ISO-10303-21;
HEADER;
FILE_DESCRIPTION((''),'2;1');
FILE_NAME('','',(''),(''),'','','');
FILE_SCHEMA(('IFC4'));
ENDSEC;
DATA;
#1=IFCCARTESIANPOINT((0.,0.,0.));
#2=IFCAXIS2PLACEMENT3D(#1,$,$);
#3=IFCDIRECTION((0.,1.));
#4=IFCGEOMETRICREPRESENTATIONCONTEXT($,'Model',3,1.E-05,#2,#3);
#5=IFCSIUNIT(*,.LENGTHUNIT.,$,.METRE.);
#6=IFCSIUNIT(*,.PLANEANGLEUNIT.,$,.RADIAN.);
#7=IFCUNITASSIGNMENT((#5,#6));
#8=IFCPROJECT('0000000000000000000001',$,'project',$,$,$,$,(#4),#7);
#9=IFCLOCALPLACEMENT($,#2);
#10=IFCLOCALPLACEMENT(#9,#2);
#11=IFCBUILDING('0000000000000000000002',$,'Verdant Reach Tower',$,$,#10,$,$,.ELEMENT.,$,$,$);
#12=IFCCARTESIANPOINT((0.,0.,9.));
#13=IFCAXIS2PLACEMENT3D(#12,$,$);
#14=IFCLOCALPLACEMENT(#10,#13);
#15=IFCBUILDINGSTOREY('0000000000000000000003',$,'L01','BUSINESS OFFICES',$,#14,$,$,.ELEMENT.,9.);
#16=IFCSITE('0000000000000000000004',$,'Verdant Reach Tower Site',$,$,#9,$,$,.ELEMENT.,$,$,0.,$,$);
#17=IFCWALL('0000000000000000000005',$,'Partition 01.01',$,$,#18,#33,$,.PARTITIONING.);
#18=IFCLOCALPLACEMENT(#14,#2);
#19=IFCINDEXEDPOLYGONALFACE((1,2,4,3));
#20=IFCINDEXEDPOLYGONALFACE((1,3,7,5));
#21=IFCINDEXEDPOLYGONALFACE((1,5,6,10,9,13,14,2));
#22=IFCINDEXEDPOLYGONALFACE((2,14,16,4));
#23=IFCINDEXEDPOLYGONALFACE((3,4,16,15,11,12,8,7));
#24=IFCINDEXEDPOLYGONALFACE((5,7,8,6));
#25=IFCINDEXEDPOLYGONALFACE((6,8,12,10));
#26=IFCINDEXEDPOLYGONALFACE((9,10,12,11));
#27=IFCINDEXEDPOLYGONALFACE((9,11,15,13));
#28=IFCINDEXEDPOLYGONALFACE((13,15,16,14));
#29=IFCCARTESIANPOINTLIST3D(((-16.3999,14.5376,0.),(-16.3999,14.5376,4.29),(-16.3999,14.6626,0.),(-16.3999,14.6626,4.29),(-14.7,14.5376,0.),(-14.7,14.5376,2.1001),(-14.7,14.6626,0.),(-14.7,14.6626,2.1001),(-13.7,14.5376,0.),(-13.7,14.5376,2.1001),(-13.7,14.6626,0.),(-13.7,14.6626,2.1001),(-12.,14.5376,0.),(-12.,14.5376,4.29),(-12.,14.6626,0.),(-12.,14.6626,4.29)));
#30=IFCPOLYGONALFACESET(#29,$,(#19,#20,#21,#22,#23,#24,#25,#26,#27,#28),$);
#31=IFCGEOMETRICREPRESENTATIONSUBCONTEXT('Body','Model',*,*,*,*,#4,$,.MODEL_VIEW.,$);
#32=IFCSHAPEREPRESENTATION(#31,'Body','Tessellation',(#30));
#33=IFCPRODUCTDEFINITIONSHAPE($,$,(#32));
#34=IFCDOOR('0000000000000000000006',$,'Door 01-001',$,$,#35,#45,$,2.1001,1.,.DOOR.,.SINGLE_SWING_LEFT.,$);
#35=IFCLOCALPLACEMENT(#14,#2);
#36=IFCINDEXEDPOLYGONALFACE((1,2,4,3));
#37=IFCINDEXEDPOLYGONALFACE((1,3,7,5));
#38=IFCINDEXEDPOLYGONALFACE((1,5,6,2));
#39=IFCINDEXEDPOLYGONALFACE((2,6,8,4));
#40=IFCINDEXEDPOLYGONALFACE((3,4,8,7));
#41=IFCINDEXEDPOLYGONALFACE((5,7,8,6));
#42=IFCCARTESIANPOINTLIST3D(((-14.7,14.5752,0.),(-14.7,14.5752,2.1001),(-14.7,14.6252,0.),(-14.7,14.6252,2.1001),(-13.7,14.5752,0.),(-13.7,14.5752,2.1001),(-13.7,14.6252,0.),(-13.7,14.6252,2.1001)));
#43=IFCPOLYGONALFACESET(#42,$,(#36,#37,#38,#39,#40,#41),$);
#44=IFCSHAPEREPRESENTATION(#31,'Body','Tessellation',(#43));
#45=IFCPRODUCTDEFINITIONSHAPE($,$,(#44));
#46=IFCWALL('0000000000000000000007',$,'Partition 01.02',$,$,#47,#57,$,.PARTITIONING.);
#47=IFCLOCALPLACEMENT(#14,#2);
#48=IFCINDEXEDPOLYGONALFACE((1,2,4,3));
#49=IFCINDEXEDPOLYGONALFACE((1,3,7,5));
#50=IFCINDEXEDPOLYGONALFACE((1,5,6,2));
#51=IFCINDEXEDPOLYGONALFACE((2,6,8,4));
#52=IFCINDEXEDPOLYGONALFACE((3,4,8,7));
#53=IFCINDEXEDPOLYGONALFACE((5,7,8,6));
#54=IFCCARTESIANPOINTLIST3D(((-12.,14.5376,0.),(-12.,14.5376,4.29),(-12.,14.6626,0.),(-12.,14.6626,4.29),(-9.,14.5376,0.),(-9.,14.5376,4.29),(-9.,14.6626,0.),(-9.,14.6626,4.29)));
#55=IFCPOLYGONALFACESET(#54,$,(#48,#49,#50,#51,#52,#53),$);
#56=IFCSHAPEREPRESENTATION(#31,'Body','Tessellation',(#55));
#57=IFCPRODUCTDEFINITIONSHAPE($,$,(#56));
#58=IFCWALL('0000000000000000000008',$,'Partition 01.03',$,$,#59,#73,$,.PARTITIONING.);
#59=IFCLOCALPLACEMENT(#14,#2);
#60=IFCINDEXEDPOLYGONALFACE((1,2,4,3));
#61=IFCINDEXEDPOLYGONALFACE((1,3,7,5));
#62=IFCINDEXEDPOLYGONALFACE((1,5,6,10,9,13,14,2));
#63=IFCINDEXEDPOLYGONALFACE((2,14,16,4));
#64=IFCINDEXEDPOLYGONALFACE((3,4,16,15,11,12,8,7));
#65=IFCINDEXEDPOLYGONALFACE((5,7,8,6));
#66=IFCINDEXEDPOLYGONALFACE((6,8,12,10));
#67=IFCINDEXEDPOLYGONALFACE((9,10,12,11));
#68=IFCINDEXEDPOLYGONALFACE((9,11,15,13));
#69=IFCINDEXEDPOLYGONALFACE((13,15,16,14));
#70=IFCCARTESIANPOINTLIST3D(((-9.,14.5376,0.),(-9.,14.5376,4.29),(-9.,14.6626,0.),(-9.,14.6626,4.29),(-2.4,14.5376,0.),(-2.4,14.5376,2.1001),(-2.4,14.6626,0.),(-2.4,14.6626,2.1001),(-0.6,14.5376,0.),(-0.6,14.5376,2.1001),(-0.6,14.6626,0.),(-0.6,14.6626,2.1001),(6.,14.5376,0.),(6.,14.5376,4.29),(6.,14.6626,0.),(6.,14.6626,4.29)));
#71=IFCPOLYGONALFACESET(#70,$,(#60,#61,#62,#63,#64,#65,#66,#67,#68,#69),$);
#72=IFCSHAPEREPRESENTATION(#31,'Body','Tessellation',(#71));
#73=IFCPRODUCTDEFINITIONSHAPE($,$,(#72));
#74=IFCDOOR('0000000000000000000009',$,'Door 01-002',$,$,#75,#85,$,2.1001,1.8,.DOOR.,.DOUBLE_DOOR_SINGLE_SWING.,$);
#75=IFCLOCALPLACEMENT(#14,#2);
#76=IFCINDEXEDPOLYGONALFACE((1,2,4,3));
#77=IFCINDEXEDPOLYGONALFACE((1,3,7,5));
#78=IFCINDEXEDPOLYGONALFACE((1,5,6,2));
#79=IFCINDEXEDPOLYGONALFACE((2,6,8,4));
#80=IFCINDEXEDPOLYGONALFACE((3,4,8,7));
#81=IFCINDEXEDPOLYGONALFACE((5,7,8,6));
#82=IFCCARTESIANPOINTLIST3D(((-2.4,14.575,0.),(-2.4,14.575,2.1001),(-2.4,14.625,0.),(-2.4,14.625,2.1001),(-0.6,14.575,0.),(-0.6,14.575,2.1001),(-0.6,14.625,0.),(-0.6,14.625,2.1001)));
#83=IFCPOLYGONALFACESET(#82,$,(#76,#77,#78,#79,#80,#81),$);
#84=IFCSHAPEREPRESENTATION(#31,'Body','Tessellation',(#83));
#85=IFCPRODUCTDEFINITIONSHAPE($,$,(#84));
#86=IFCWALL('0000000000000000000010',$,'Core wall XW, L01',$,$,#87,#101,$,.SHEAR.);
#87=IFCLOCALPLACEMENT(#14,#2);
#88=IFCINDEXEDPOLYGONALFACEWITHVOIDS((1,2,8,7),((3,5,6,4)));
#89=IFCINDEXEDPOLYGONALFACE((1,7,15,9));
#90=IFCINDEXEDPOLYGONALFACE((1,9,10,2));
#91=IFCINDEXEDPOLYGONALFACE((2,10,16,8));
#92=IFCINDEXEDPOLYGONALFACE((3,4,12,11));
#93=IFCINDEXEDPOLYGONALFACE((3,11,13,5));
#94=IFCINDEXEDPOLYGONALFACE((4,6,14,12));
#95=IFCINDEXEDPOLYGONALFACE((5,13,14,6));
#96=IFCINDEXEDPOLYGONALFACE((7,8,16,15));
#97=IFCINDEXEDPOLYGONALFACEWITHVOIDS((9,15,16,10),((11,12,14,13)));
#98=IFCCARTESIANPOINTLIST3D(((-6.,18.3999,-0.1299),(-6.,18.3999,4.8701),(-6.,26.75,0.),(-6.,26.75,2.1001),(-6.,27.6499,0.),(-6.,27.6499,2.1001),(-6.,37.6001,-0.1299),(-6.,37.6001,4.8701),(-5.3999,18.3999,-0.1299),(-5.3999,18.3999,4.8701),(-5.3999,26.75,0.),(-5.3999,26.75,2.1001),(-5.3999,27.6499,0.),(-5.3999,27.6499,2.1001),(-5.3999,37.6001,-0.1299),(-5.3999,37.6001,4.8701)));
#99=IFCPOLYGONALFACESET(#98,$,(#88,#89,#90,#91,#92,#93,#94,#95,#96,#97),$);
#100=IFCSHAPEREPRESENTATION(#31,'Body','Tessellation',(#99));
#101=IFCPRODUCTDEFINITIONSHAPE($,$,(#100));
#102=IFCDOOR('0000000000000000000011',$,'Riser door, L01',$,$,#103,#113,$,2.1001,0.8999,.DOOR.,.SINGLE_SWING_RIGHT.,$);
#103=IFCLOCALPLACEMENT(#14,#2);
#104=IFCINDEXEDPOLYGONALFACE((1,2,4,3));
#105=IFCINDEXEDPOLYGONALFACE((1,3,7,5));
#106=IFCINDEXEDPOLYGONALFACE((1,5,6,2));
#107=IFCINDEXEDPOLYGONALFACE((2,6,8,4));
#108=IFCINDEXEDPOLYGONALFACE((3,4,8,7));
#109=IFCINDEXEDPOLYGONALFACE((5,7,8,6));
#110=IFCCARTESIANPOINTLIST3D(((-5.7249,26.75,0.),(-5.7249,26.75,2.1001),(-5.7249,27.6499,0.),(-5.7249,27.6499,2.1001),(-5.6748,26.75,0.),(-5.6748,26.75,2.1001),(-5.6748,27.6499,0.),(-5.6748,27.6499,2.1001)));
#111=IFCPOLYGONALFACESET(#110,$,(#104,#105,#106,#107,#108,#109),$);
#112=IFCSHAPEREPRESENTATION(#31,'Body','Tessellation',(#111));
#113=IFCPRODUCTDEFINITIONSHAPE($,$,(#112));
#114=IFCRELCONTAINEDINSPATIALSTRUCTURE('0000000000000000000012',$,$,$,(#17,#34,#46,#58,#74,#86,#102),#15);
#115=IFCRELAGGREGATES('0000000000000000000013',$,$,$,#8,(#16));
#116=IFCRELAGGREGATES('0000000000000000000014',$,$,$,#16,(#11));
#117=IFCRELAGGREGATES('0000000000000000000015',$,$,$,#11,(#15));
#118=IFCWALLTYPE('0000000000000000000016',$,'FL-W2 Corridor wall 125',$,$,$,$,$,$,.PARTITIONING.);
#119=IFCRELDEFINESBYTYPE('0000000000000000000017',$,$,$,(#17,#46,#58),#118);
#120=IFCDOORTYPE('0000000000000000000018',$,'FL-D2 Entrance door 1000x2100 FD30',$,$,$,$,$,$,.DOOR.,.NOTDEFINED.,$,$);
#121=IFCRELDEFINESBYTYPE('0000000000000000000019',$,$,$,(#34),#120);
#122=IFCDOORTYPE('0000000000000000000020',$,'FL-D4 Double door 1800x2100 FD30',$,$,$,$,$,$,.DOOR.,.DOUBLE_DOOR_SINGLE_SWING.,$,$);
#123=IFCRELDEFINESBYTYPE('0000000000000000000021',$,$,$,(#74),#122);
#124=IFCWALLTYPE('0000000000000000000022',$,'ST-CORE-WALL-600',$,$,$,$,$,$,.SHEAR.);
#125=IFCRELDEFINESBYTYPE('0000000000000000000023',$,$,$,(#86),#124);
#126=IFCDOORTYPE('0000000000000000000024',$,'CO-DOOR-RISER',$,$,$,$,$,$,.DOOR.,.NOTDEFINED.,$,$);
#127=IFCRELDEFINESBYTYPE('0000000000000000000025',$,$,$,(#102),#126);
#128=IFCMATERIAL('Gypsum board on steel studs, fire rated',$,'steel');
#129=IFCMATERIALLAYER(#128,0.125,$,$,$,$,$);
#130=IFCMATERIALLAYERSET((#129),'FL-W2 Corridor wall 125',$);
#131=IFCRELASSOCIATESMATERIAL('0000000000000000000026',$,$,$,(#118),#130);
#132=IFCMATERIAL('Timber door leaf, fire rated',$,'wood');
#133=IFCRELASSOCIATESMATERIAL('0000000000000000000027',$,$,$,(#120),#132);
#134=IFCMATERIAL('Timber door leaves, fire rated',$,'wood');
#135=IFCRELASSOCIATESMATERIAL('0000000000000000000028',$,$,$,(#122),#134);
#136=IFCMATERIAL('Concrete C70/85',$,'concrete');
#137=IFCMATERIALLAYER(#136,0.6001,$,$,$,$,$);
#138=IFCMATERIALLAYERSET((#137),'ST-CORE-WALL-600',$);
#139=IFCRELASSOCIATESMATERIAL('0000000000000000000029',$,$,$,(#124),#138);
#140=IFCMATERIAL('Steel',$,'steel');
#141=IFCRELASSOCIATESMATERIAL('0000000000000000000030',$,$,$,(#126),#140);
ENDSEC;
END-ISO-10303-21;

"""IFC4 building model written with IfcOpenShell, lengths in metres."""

from ifc_helpers import new_model, si_unit, direction, frame, frame_2d, origin, place, context, subcontext, project, spatial, rectangle, extrude, material, layer, layer_set, type_object, element, fill, save


model = new_model("IFC4")

# Units and contexts
model_context = context("Model", 3, precision=1e-05, world=origin(), true_north=direction((0.0, 1.0)))
body_context = subcontext(model_context, "Body", "Model", "MODEL_VIEW")
ifc_project = project(units=[si_unit("LENGTHUNIT", "METRE"), si_unit("PLANEANGLEUNIT", "RADIAN")], contexts=[model_context])

# Site, building, storey
site_placement = place(None, origin())
site = spatial("IfcSite", under=ifc_project, at=site_placement, Name="Verdant Reach Tower Site", CompositionType="ELEMENT", RefElevation=0.0)
building_placement = place(site_placement, origin())
building = spatial("IfcBuilding", under=site, at=building_placement, Name="Verdant Reach Tower", CompositionType="ELEMENT")
storey_placement = place(building_placement, frame((0.0, 0.0, 9.0)))
storey = spatial("IfcBuildingStorey", under=building, at=storey_placement, Name="L01", Description="BUSINESS OFFICES", CompositionType="ELEMENT", Elevation=9.0)

# Wall, opening, door
ifc_material_1 = material(Name="Gypsum board on steel studs, fire rated", Category="steel")
ifc_layer_1 = layer(ifc_material_1, 0.125)
ifc_layer_set_1 = layer_set([ifc_layer_1], Name="FL-W2 Corridor wall 125")
wall_type_1 = type_object("IfcWallType", Name="FL-W2 Corridor wall 125", PredefinedType="PARTITIONING", material=ifc_layer_set_1)
wall_1_placement = place(storey_placement, frame((-12.0, 14.6001, 0.0), z_axis=(0.0, 0.0, 1.0), x_axis=(-1.0, 0.0, 0.0)))
wall_1 = element("IfcWall", 1, at=wall_1_placement, inside=storey, type_object=wall_type_1, Name="Partition 01.01", PredefinedType="PARTITIONING", context=body_context, shape_type="SweptSolid", body=[
    extrude(rectangle(XDim=4.3999, YDim=0.125, at=frame_2d((2.2, 0.0))), origin(), (0.0, 0.0, 1.0), 4.29),
])
opening_1_placement = place(wall_1_placement, frame((1.7, 0.0, 0.0)))
opening_1 = element("IfcOpeningElement", 2, at=opening_1_placement, cuts=wall_1, PredefinedType="OPENING", context=body_context, shape_type="SweptSolid", body=[
    extrude(rectangle(XDim=1.0, YDim=2.1001, at=frame_2d((0.5, 1.05))), frame((0.0, 0.0725, 0.0), z_axis=(0.0, -1.0, 0.0), x_axis=(1.0, 0.0, 0.0)), (0.0, 0.0, 1.0), 0.145),
])
ifc_material_2 = material(Name="Timber door leaf, fire rated", Category="wood")
door_type_1 = type_object("IfcDoorType", Name="FL-D2 Entrance door 1000x2100 FD30", OperationType="NOTDEFINED", PredefinedType="DOOR", material=ifc_material_2)
door_1_placement = place(opening_1_placement, origin())
door_1 = element("IfcDoor", 3, at=door_1_placement, inside=storey, type_object=door_type_1, Name="Door 01-001", OperationType="SINGLE_SWING_LEFT", OverallHeight=2.1001, OverallWidth=1.0, PredefinedType="DOOR", context=body_context, shape_type="SweptSolid", body=[
    extrude(rectangle(XDim=1.0, YDim=2.1001, at=frame_2d((0.5, 1.05))), frame((0.0, 0.0249, 0.0), z_axis=(0.0, -1.0, 0.0), x_axis=(1.0, 0.0, 0.0)), (0.0, 0.0, 1.0), 0.05),
])
fill(opening_1, door_1)

# Wall
wall_2_placement = place(storey_placement, frame((-12.0, 14.6001, 0.0), z_axis=(0.0, 0.0, 1.0), x_axis=(1.0, 0.0, 0.0)))
element("IfcWall", 4, at=wall_2_placement, inside=storey, type_object=wall_type_1, Name="Partition 01.02", PredefinedType="PARTITIONING", context=body_context, shape_type="SweptSolid", body=[
    extrude(rectangle(XDim=3.0, YDim=0.125, at=frame_2d((1.5, 0.0))), origin(), (0.0, 0.0, 1.0), 4.29),
])

# Walls, openings, doors
wall_3_placement = place(storey_placement, frame((-9.0, 14.6001, 0.0), z_axis=(0.0, 0.0, 1.0), x_axis=(1.0, 0.0, 0.0)))
wall_3 = element("IfcWall", 5, at=wall_3_placement, inside=storey, type_object=wall_type_1, Name="Partition 01.03", PredefinedType="PARTITIONING", context=body_context, shape_type="SweptSolid", body=[
    extrude(rectangle(XDim=15.0, YDim=0.125, at=frame_2d((7.5, 0.0))), origin(), (0.0, 0.0, 1.0), 4.29),
])
opening_2_placement = place(wall_3_placement, frame((6.6001, 0.0, 0.0)))
opening_2 = element("IfcOpeningElement", 6, at=opening_2_placement, cuts=wall_3, PredefinedType="OPENING", context=body_context, shape_type="SweptSolid", body=[
    extrude(rectangle(XDim=1.8, YDim=2.1001, at=frame_2d((0.8999, 1.05))), frame((0.0, 0.0725, 0.0), z_axis=(0.0, -1.0, 0.0), x_axis=(1.0, 0.0, 0.0)), (0.0, 0.0, 1.0), 0.145),
])
ifc_material_3 = material(Name="Timber door leaves, fire rated", Category="wood")
door_type_2 = type_object("IfcDoorType", Name="FL-D4 Double door 1800x2100 FD30", OperationType="DOUBLE_DOOR_SINGLE_SWING", PredefinedType="DOOR", material=ifc_material_3)
door_2_placement = place(opening_2_placement, origin())
door_2 = element("IfcDoor", 7, at=door_2_placement, inside=storey, type_object=door_type_2, Name="Door 01-002", OperationType="DOUBLE_DOOR_SINGLE_SWING", OverallHeight=2.1001, OverallWidth=1.8, PredefinedType="DOOR", context=body_context, shape_type="SweptSolid", body=[
    extrude(rectangle(XDim=1.8, YDim=2.1001, at=frame_2d((0.8999, 1.05))), frame((0.0, 0.0249, 0.0), z_axis=(0.0, -1.0, 0.0), x_axis=(1.0, 0.0, 0.0)), (0.0, 0.0, 1.0), 0.05),
])
fill(opening_2, door_2)
ifc_material_4 = material(Name="Concrete C70/85", Category="concrete")
ifc_layer_2 = layer(ifc_material_4, 0.6001)
ifc_layer_set_2 = layer_set([ifc_layer_2], Name="ST-CORE-WALL-600")
wall_type_2 = type_object("IfcWallType", Name="ST-CORE-WALL-600", PredefinedType="SHEAR", material=ifc_layer_set_2)
wall_4_placement = place(storey_placement, frame((-5.7, 18.3999, -0.1299), z_axis=(0.0, 0.0, 1.0), x_axis=(0.0, 1.0, 0.0)))
wall_4 = element("IfcWall", 8, at=wall_4_placement, inside=storey, type_object=wall_type_2, Name="Core wall XW, L01", PredefinedType="SHEAR", context=body_context, shape_type="SweptSolid", body=[
    extrude(rectangle(XDim=19.2002, YDim=0.6001, at=frame_2d((9.6001, 0.0))), origin(), (0.0, 0.0, 1.0), 5.0),
])
opening_3_placement = place(wall_4_placement, frame((8.3501, 0.0, 0.1299)))
opening_3 = element("IfcOpeningElement", 9, at=opening_3_placement, cuts=wall_4, PredefinedType="OPENING", context=body_context, shape_type="SweptSolid", body=[
    extrude(rectangle(XDim=0.8999, YDim=2.1001, at=frame_2d((0.45, 1.05))), frame((0.0, 0.3101, 0.0), z_axis=(0.0, -1.0, 0.0), x_axis=(1.0, 0.0, 0.0)), (0.0, 0.0, 1.0), 0.6201),
])
ifc_material_5 = material(Name="Steel", Category="steel")
door_type_3 = type_object("IfcDoorType", Name="CO-DOOR-RISER", OperationType="NOTDEFINED", PredefinedType="DOOR", material=ifc_material_5)
door_3_placement = place(opening_3_placement, origin())
door_3 = element("IfcDoor", 10, at=door_3_placement, inside=storey, type_object=door_type_3, Name="Riser door, L01", OperationType="SINGLE_SWING_RIGHT", OverallHeight=2.1001, OverallWidth=0.8999, PredefinedType="DOOR", context=body_context, shape_type="SweptSolid", body=[
    extrude(rectangle(XDim=0.8999, YDim=2.1001, at=frame_2d((0.45, 1.05))), frame((0.0, 0.0249, 0.0), z_axis=(0.0, -1.0, 0.0), x_axis=(1.0, 0.0, 0.0)), (0.0, 0.0, 1.0), 0.05),
])
fill(opening_3, door_3)

save(model, "model.ifc")
